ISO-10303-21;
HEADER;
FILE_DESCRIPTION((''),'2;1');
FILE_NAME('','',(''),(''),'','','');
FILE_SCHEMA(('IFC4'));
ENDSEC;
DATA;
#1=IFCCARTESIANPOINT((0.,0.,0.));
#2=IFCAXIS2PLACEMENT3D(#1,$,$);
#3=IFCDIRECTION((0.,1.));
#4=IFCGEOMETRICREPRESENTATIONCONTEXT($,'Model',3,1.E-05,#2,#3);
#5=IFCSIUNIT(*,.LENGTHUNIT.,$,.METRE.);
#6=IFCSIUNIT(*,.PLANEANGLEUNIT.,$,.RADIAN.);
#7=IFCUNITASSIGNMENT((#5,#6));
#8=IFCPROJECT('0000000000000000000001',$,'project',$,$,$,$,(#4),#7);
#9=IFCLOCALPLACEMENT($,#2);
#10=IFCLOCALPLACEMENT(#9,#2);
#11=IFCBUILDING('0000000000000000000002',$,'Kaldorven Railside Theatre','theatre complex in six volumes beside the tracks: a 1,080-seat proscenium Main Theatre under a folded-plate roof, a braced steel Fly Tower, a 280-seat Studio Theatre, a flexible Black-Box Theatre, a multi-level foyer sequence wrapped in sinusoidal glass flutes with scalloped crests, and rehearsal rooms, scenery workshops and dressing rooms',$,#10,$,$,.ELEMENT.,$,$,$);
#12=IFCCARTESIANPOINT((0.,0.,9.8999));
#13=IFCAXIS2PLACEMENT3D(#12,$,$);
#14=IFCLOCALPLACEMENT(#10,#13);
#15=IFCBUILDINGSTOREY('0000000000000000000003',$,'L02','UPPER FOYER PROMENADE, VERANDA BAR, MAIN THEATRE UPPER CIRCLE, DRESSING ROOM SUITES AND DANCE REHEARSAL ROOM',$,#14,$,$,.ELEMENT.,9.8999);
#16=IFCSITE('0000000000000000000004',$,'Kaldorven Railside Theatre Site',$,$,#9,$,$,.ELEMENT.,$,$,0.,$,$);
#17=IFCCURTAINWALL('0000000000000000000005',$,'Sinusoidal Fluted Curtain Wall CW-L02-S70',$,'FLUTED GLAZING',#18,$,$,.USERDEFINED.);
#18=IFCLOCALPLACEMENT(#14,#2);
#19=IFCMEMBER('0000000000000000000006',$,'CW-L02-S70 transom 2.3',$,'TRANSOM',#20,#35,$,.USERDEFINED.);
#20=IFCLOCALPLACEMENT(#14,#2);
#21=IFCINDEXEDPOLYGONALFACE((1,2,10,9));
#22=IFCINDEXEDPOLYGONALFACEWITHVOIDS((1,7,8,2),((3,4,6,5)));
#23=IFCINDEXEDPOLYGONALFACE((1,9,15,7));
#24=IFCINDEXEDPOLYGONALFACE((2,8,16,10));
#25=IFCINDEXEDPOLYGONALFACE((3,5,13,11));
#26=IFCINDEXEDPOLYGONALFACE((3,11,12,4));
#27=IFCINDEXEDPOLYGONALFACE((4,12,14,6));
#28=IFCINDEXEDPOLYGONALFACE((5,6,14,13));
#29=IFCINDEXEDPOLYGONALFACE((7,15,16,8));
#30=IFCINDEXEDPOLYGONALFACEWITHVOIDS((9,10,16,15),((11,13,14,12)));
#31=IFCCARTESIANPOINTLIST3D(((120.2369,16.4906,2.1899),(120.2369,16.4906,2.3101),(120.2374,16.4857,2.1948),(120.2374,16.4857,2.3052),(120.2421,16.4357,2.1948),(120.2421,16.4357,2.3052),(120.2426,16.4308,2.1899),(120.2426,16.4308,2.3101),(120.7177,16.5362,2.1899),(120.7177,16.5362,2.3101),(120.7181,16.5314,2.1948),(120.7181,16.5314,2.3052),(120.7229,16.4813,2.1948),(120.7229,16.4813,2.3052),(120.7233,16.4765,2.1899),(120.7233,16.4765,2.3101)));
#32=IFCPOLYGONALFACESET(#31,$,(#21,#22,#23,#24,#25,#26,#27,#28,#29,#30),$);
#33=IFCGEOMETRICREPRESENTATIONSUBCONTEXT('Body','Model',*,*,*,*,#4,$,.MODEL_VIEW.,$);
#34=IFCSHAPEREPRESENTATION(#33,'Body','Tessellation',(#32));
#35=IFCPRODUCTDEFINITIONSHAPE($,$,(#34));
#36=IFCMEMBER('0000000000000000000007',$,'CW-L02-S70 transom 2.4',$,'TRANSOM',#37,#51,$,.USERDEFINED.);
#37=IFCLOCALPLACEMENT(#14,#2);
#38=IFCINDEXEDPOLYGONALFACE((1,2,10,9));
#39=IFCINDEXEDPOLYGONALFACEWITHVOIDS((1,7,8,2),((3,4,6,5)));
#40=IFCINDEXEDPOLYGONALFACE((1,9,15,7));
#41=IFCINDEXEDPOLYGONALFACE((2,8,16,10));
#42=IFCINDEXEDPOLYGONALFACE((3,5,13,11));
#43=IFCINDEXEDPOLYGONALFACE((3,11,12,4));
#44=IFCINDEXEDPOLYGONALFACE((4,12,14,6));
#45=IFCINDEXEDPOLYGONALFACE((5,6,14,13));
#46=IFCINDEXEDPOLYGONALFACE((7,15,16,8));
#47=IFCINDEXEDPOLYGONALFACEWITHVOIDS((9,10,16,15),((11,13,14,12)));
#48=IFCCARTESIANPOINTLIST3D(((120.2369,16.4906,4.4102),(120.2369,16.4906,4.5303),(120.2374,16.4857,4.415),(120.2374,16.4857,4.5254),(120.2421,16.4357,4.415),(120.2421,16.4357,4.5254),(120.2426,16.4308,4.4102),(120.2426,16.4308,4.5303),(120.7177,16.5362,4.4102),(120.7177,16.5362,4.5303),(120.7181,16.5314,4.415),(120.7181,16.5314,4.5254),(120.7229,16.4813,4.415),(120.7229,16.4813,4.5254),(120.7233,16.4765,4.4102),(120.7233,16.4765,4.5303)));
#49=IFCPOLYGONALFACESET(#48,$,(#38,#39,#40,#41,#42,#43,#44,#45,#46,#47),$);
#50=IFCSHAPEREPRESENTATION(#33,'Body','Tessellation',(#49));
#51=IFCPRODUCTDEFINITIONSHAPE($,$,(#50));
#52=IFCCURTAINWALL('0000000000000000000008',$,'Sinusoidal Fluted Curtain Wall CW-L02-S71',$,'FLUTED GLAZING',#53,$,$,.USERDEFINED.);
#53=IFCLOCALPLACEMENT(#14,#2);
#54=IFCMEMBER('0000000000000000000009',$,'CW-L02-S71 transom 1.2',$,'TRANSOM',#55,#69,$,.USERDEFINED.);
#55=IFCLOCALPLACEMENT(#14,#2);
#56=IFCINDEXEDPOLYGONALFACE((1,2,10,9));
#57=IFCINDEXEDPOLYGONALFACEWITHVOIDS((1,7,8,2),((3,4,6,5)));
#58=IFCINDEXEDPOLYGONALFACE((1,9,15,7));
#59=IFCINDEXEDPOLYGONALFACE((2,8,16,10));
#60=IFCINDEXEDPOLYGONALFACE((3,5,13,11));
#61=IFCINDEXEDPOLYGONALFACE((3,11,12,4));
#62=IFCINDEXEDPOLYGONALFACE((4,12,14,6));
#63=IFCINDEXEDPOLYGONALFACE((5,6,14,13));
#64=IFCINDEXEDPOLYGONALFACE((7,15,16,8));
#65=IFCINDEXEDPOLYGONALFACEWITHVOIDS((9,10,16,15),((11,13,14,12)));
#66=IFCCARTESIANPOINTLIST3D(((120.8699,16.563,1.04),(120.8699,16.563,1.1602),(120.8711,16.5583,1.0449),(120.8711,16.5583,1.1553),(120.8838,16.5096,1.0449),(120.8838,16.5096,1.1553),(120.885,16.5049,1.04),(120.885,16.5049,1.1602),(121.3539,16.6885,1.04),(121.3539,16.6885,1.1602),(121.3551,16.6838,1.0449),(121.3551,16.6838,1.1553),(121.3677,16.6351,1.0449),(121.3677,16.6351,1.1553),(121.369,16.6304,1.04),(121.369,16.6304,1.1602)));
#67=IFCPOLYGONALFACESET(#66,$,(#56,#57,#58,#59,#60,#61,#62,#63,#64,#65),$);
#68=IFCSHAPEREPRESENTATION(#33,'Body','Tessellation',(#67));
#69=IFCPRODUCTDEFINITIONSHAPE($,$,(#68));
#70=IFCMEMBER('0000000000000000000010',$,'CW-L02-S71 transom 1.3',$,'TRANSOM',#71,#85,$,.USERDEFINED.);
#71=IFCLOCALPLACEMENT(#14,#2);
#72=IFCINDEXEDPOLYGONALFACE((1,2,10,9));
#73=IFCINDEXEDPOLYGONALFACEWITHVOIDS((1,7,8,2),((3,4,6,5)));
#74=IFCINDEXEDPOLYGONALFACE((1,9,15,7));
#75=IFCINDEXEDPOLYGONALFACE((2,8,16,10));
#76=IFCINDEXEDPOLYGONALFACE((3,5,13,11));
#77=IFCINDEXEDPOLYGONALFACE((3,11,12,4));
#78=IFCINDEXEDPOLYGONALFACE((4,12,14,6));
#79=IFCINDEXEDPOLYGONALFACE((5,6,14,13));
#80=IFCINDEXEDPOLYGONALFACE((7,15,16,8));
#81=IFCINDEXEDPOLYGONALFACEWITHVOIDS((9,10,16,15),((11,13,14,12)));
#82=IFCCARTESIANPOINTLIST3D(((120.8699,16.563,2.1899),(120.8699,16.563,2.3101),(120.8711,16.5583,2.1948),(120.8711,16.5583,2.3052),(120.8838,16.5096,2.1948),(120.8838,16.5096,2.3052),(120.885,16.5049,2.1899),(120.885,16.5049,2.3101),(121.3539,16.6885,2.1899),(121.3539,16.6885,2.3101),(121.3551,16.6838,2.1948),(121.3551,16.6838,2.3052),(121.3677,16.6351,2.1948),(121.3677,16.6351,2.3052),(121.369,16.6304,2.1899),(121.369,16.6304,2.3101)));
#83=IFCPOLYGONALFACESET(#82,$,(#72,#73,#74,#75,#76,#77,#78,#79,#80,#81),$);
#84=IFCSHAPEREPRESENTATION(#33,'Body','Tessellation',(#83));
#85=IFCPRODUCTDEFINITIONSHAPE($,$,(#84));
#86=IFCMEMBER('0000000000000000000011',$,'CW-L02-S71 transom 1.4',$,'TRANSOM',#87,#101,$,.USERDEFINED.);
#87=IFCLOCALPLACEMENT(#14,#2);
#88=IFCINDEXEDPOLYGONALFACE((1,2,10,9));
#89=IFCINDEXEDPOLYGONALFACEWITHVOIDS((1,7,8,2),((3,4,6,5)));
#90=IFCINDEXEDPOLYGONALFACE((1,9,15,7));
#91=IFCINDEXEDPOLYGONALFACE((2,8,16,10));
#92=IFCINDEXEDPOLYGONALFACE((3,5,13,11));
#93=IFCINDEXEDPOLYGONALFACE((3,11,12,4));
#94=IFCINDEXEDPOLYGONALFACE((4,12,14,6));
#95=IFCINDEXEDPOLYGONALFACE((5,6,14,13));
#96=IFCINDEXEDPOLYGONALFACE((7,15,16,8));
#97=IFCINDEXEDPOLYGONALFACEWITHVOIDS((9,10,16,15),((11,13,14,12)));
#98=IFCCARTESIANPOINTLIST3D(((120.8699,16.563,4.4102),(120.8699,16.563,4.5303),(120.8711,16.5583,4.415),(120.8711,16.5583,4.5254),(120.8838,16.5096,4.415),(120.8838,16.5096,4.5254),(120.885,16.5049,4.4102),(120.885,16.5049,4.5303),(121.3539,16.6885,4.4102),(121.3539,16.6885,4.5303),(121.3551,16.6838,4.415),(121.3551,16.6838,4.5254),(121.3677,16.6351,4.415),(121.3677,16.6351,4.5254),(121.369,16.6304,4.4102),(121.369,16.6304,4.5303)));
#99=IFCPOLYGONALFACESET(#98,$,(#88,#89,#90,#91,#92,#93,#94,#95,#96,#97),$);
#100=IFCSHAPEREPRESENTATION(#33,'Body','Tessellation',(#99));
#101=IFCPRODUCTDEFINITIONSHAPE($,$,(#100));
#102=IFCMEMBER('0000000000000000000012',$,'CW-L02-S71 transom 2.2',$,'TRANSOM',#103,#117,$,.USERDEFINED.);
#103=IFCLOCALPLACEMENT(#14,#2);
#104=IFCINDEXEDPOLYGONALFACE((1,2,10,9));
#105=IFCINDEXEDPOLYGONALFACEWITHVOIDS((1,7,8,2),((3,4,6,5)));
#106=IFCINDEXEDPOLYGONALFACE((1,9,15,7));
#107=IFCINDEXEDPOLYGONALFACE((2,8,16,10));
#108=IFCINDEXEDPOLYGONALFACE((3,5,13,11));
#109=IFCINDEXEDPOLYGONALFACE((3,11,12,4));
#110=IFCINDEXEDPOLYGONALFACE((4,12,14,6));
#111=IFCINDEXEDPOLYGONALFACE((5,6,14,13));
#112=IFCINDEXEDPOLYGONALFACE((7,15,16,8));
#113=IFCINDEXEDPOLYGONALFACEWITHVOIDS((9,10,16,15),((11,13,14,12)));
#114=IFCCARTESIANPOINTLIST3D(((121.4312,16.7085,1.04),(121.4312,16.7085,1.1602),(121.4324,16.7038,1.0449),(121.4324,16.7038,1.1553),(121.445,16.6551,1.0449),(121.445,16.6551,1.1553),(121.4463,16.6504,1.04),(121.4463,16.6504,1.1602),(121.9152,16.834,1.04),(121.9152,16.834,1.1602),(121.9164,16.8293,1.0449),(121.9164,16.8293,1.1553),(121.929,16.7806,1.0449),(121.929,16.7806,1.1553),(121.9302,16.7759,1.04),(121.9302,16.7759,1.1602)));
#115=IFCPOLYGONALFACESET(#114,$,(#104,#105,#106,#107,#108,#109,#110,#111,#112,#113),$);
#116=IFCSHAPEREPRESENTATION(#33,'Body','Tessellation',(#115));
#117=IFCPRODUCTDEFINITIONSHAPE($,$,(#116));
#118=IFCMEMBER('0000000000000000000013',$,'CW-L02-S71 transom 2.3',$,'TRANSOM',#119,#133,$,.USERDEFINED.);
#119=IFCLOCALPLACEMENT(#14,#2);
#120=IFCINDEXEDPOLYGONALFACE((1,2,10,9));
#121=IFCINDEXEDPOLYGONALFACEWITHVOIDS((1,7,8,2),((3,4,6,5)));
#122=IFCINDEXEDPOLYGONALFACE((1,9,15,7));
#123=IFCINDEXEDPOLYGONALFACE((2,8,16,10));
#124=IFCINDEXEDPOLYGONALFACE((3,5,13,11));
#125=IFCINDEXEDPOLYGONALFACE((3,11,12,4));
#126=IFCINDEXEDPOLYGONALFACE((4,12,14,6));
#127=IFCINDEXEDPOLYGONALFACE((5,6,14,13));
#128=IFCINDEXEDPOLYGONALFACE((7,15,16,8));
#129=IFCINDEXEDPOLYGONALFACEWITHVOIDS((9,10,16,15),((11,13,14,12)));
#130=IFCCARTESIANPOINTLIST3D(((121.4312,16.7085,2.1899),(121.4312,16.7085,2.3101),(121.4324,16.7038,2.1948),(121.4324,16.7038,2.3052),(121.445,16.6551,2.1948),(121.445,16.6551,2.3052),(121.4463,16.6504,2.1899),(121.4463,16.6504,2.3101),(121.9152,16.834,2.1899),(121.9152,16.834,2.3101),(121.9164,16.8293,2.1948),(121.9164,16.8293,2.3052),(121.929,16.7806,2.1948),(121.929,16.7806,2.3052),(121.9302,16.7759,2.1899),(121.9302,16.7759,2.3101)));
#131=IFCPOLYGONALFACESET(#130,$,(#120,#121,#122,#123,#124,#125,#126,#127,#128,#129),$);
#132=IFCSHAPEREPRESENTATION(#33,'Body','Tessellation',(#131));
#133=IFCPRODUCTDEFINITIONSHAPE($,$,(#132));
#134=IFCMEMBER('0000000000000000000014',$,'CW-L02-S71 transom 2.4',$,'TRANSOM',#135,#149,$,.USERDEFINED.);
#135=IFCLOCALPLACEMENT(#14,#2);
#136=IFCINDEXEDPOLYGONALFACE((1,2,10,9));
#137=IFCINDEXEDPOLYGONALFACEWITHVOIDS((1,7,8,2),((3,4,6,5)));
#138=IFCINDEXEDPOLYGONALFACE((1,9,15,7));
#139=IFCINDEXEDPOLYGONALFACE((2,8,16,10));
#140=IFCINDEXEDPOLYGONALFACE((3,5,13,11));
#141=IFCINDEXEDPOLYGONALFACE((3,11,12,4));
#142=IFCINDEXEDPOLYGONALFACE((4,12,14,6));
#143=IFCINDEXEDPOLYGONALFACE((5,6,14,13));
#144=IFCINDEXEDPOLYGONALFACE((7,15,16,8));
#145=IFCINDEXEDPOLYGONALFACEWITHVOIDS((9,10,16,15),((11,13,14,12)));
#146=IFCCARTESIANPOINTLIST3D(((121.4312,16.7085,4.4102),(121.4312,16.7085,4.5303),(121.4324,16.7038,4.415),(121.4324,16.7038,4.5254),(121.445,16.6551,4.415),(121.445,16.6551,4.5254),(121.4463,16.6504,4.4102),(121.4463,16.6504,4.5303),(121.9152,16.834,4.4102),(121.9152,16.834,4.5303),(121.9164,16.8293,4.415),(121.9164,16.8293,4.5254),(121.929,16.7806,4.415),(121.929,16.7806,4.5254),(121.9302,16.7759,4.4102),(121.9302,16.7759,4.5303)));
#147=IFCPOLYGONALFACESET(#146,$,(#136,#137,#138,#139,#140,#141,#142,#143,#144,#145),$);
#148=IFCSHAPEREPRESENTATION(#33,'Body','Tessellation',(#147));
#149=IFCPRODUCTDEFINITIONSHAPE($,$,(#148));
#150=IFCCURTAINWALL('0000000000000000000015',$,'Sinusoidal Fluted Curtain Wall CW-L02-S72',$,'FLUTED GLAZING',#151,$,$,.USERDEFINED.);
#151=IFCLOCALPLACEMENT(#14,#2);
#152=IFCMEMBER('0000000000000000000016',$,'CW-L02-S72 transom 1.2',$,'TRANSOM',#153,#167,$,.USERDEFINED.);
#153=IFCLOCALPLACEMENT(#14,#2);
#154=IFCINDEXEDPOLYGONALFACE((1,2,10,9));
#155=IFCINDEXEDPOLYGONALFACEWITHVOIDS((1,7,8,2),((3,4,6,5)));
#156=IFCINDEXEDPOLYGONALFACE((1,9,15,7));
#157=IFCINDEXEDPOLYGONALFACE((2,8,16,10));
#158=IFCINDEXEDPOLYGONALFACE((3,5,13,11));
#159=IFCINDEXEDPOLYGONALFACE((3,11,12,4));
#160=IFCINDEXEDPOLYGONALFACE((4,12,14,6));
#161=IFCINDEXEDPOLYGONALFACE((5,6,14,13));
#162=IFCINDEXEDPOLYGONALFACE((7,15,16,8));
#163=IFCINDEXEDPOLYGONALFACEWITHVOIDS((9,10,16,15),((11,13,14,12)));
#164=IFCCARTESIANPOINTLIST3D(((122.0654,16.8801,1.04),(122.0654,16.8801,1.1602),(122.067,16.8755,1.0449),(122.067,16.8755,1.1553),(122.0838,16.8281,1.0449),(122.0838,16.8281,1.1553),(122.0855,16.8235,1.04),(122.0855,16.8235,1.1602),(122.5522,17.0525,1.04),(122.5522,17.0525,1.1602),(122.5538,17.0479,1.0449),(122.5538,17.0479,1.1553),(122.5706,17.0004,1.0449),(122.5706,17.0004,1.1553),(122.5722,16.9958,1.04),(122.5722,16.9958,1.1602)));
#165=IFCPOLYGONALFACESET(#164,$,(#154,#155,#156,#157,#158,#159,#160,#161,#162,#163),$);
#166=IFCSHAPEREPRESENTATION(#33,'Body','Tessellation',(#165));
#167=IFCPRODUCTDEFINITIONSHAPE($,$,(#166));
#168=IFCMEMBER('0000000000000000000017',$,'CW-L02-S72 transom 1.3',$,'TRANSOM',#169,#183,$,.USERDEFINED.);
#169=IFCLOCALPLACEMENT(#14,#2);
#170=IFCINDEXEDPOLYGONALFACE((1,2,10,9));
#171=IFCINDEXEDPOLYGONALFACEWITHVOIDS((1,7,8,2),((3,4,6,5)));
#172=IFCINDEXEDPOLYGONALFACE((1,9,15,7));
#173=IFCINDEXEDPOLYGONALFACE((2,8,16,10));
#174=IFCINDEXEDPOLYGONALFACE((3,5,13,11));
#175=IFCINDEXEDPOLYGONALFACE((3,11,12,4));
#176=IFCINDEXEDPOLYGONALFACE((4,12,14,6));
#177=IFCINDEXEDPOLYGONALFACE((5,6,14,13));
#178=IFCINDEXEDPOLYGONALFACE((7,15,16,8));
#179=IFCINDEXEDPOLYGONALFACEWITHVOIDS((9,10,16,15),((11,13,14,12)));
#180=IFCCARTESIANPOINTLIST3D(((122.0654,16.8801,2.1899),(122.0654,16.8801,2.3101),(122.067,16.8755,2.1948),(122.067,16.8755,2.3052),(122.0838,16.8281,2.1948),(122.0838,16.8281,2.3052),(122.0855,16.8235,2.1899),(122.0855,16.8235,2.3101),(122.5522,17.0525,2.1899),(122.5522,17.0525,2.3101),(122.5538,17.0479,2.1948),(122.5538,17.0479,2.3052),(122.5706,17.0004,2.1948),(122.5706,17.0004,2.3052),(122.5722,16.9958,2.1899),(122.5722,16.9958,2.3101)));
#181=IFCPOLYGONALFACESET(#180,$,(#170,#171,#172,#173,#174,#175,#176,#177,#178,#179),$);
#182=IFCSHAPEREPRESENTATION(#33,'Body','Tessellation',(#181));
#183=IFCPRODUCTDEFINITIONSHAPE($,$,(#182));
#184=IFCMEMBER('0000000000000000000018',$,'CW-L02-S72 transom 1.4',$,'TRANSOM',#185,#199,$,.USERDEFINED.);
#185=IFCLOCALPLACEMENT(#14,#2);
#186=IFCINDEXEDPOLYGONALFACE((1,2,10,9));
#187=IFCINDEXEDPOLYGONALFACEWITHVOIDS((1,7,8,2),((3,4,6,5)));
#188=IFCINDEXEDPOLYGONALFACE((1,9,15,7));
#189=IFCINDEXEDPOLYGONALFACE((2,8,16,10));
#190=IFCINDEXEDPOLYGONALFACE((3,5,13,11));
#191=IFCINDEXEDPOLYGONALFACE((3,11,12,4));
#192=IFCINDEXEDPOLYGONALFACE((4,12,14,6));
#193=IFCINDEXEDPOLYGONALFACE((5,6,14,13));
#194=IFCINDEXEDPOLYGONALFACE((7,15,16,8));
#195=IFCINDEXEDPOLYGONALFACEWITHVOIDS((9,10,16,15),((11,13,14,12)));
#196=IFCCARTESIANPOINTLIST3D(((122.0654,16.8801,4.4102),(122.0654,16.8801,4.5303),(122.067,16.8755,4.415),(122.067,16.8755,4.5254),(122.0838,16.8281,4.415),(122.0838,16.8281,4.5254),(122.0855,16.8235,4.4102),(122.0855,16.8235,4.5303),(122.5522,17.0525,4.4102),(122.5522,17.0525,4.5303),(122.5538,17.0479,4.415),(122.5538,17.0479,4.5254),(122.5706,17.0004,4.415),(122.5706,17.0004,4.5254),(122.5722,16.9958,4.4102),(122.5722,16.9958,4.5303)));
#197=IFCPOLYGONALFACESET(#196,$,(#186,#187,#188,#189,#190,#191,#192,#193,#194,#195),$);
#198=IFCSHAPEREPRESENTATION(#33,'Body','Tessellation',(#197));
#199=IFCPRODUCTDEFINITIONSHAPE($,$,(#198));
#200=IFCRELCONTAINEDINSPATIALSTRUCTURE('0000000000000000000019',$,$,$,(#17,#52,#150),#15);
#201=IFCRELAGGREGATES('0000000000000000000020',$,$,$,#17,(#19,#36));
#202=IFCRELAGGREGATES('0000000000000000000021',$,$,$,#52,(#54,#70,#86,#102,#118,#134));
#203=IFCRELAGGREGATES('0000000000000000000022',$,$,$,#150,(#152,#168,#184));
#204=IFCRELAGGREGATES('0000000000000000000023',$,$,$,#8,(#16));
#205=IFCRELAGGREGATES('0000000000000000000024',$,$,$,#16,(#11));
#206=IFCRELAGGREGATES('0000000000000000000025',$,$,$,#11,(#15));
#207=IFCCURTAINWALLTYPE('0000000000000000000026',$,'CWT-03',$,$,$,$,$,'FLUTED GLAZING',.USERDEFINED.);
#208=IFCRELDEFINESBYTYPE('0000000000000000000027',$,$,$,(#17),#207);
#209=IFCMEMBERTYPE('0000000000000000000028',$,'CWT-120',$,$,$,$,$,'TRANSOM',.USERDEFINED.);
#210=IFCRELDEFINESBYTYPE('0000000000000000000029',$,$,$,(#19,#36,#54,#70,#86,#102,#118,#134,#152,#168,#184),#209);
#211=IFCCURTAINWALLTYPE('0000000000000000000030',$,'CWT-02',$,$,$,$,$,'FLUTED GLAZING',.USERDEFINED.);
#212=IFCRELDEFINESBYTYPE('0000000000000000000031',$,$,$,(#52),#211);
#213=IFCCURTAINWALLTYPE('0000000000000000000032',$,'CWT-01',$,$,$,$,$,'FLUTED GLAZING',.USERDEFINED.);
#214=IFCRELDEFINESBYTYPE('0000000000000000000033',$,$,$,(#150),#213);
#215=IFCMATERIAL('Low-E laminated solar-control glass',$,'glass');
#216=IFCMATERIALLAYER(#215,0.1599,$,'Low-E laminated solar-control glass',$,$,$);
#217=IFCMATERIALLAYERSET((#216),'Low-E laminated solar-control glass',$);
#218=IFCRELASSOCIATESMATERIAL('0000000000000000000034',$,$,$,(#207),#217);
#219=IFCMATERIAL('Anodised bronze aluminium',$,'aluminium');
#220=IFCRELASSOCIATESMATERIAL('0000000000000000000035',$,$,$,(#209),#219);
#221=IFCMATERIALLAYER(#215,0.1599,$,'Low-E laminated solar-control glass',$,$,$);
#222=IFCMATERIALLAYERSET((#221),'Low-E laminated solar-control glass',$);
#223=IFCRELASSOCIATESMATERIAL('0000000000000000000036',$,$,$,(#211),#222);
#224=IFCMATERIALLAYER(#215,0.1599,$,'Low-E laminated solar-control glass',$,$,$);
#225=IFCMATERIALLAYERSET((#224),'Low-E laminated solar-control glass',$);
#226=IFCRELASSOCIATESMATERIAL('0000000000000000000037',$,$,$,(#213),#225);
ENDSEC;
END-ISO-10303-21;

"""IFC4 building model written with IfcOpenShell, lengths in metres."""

from ifc_helpers import new_model, si_unit, direction, frame, origin, origin_2d, place, context, subcontext, project, spatial, hollow_rectangle, extrude, material, layer, layer_set, material_profile, profile_set, type_object, element, aggregate, save


model = new_model("IFC4")

# Units and contexts
model_context = context("Model", 3, precision=1e-05, world=origin(), true_north=direction((0.0, 1.0)))
body_context = subcontext(model_context, "Body", "Model", "MODEL_VIEW")
ifc_project = project(units=[si_unit("LENGTHUNIT", "METRE"), si_unit("PLANEANGLEUNIT", "RADIAN")], contexts=[model_context])

# Site, building, storey
site_placement = place(None, origin())
site = spatial("IfcSite", under=ifc_project, at=site_placement, Name="Kaldorven Railside Theatre Site", CompositionType="ELEMENT", RefElevation=0.0)
building_placement = place(site_placement, origin())
building = spatial("IfcBuilding", under=site, at=building_placement, Name="Kaldorven Railside Theatre", Description="theatre complex in six volumes beside the tracks: a 1,080-seat proscenium Main Theatre under a folded-plate roof, a braced steel Fly Tower, a 280-seat Studio Theatre, a flexible Black-Box Theatre, a multi-level foyer sequence wrapped in sinusoidal glass flutes with scalloped crests, and rehearsal rooms, scenery workshops and dressing rooms", CompositionType="ELEMENT")
storey_placement = place(building_placement, frame((0.0, 0.0, 9.8999)))
storey = spatial("IfcBuildingStorey", under=building, at=storey_placement, Name="L02", Description="UPPER FOYER PROMENADE, VERANDA BAR, MAIN THEATRE UPPER CIRCLE, DRESSING ROOM SUITES AND DANCE REHEARSAL ROOM", CompositionType="ELEMENT", Elevation=9.8999)

# Curtain walls, members
ifc_material_1 = material(Name="Low-E laminated solar-control glass", Category="glass")
ifc_layer_1 = layer(ifc_material_1, 0.1599, Name="Low-E laminated solar-control glass")
ifc_layer_set_1 = layer_set([ifc_layer_1], Name="Low-E laminated solar-control glass")
curtain_wall_type_1 = type_object("IfcCurtainWallType", Name="CWT-03", ElementType="FLUTED GLAZING", PredefinedType="USERDEFINED", material=ifc_layer_set_1)
curtain_wall_1_placement = place(storey_placement, origin())
curtain_wall_1 = element("IfcCurtainWall", 1, at=curtain_wall_1_placement, inside=storey, type_object=curtain_wall_type_1, Name="Sinusoidal Fluted Curtain Wall CW-L02-S70", ObjectType="FLUTED GLAZING", PredefinedType="USERDEFINED")
ifc_material_2 = material(Name="Anodised bronze aluminium", Category="aluminium")
ifc_material_profile = material_profile(ifc_material_2, hollow_rectangle(XDim=0.0601, YDim=0.1201, WallThickness=0.0049, at=origin_2d()), Name="RHS 120x60x5")
ifc_profile_set = profile_set([ifc_material_profile], Name="Anodised bronze aluminium")
member_type = type_object("IfcMemberType", Name="CWT-120", ElementType="TRANSOM", PredefinedType="USERDEFINED", material=ifc_profile_set)
member_1_placement = place(storey_placement, frame((120.2397, 16.4607, 2.25), z_axis=(0.99552, 0.094547, 0.0), x_axis=(-0.094547, 0.99552, 0.0)))
member_1 = element("IfcMember", 2, at=member_1_placement, type_object=member_type, Name="CW-L02-S70 transom 2.3", ObjectType="TRANSOM", PredefinedType="USERDEFINED", context=body_context, shape_type="SweptSolid", body=[
    extrude(hollow_rectangle(XDim=0.0601, YDim=0.1201, WallThickness=0.0049, at=origin_2d()), origin(), (0.0, 0.0, 1.0), 0.4829),
])
member_2_placement = place(storey_placement, frame((120.2397, 16.4607, 4.4702), z_axis=(0.99552, 0.094547, 0.0), x_axis=(-0.094547, 0.99552, 0.0)))
member_2 = element("IfcMember", 3, at=member_2_placement, type_object=member_type, Name="CW-L02-S70 transom 2.4", ObjectType="TRANSOM", PredefinedType="USERDEFINED", context=body_context, shape_type="SweptSolid", body=[
    extrude(hollow_rectangle(XDim=0.0601, YDim=0.1201, WallThickness=0.0049, at=origin_2d()), origin(), (0.0, 0.0, 1.0), 0.4829),
])
ifc_layer_2 = layer(ifc_material_1, 0.1599, Name="Low-E laminated solar-control glass")
ifc_layer_set_2 = layer_set([ifc_layer_2], Name="Low-E laminated solar-control glass")
curtain_wall_type_2 = type_object("IfcCurtainWallType", Name="CWT-02", ElementType="FLUTED GLAZING", PredefinedType="USERDEFINED", material=ifc_layer_set_2)
curtain_wall_2_placement = place(storey_placement, origin())
curtain_wall_2 = element("IfcCurtainWall", 4, at=curtain_wall_2_placement, inside=storey, type_object=curtain_wall_type_2, Name="Sinusoidal Fluted Curtain Wall CW-L02-S71", ObjectType="FLUTED GLAZING", PredefinedType="USERDEFINED")
member_3_placement = place(storey_placement, frame((120.8774, 16.5339, 1.1001), z_axis=(0.967979, 0.25103, 0.0), x_axis=(-0.25103, 0.967979, 0.0)))
member_3 = element("IfcMember", 5, at=member_3_placement, type_object=member_type, Name="CW-L02-S71 transom 1.2", ObjectType="TRANSOM", PredefinedType="USERDEFINED", context=body_context, shape_type="SweptSolid", body=[
    extrude(hollow_rectangle(XDim=0.0601, YDim=0.1201, WallThickness=0.0049, at=origin_2d()), origin(), (0.0, 0.0, 1.0), 0.5),
])
member_4_placement = place(storey_placement, frame((120.8774, 16.5339, 2.25), z_axis=(0.967979, 0.25103, 0.0), x_axis=(-0.25103, 0.967979, 0.0)))
member_4 = element("IfcMember", 6, at=member_4_placement, type_object=member_type, Name="CW-L02-S71 transom 1.3", ObjectType="TRANSOM", PredefinedType="USERDEFINED", context=body_context, shape_type="SweptSolid", body=[
    extrude(hollow_rectangle(XDim=0.0601, YDim=0.1201, WallThickness=0.0049, at=origin_2d()), origin(), (0.0, 0.0, 1.0), 0.5),
])
member_5_placement = place(storey_placement, frame((120.8774, 16.5339, 4.4702), z_axis=(0.967979, 0.25103, 0.0), x_axis=(-0.25103, 0.967979, 0.0)))
member_5 = element("IfcMember", 7, at=member_5_placement, type_object=member_type, Name="CW-L02-S71 transom 1.4", ObjectType="TRANSOM", PredefinedType="USERDEFINED", context=body_context, shape_type="SweptSolid", body=[
    extrude(hollow_rectangle(XDim=0.0601, YDim=0.1201, WallThickness=0.0049, at=origin_2d()), origin(), (0.0, 0.0, 1.0), 0.5),
])
member_6_placement = place(storey_placement, frame((121.4387, 16.6794, 1.1001), z_axis=(0.967979, 0.25103, 0.0), x_axis=(-0.25103, 0.967979, 0.0)))
member_6 = element("IfcMember", 8, at=member_6_placement, type_object=member_type, Name="CW-L02-S71 transom 2.2", ObjectType="TRANSOM", PredefinedType="USERDEFINED", context=body_context, shape_type="SweptSolid", body=[
    extrude(hollow_rectangle(XDim=0.0601, YDim=0.1201, WallThickness=0.0049, at=origin_2d()), origin(), (0.0, 0.0, 1.0), 0.5),
])
member_7_placement = place(storey_placement, frame((121.4387, 16.6794, 2.25), z_axis=(0.967979, 0.25103, 0.0), x_axis=(-0.25103, 0.967979, 0.0)))
member_7 = element("IfcMember", 9, at=member_7_placement, type_object=member_type, Name="CW-L02-S71 transom 2.3", ObjectType="TRANSOM", PredefinedType="USERDEFINED", context=body_context, shape_type="SweptSolid", body=[
    extrude(hollow_rectangle(XDim=0.0601, YDim=0.1201, WallThickness=0.0049, at=origin_2d()), origin(), (0.0, 0.0, 1.0), 0.5),
])
member_8_placement = place(storey_placement, frame((121.4387, 16.6794, 4.4702), z_axis=(0.967979, 0.25103, 0.0), x_axis=(-0.25103, 0.967979, 0.0)))
member_8 = element("IfcMember", 10, at=member_8_placement, type_object=member_type, Name="CW-L02-S71 transom 2.4", ObjectType="TRANSOM", PredefinedType="USERDEFINED", context=body_context, shape_type="SweptSolid", body=[
    extrude(hollow_rectangle(XDim=0.0601, YDim=0.1201, WallThickness=0.0049, at=origin_2d()), origin(), (0.0, 0.0, 1.0), 0.5),
])
ifc_layer_3 = layer(ifc_material_1, 0.1599, Name="Low-E laminated solar-control glass")
ifc_layer_set_3 = layer_set([ifc_layer_3], Name="Low-E laminated solar-control glass")
curtain_wall_type_3 = type_object("IfcCurtainWallType", Name="CWT-01", ElementType="FLUTED GLAZING", PredefinedType="USERDEFINED", material=ifc_layer_set_3)
curtain_wall_3_placement = place(storey_placement, origin())
curtain_wall_3 = element("IfcCurtainWall", 11, at=curtain_wall_3_placement, inside=storey, type_object=curtain_wall_type_3, Name="Sinusoidal Fluted Curtain Wall CW-L02-S72", ObjectType="FLUTED GLAZING", PredefinedType="USERDEFINED")
member_9_placement = place(storey_placement, frame((122.0754, 16.8518, 1.1001), z_axis=(0.942658, 0.33376, 0.0), x_axis=(-0.33376, 0.942658, 0.0)))
member_9 = element("IfcMember", 12, at=member_9_placement, type_object=member_type, Name="CW-L02-S72 transom 1.2", ObjectType="TRANSOM", PredefinedType="USERDEFINED", context=body_context, shape_type="SweptSolid", body=[
    extrude(hollow_rectangle(XDim=0.0601, YDim=0.1201, WallThickness=0.0049, at=origin_2d()), origin(), (0.0, 0.0, 1.0), 0.5164),
])
member_10_placement = place(storey_placement, frame((122.0754, 16.8518, 2.25), z_axis=(0.942658, 0.33376, 0.0), x_axis=(-0.33376, 0.942658, 0.0)))
member_10 = element("IfcMember", 13, at=member_10_placement, type_object=member_type, Name="CW-L02-S72 transom 1.3", ObjectType="TRANSOM", PredefinedType="USERDEFINED", context=body_context, shape_type="SweptSolid", body=[
    extrude(hollow_rectangle(XDim=0.0601, YDim=0.1201, WallThickness=0.0049, at=origin_2d()), origin(), (0.0, 0.0, 1.0), 0.5164),
])
member_11_placement = place(storey_placement, frame((122.0754, 16.8518, 4.4702), z_axis=(0.942658, 0.33376, 0.0), x_axis=(-0.33376, 0.942658, 0.0)))
member_11 = element("IfcMember", 14, at=member_11_placement, type_object=member_type, Name="CW-L02-S72 transom 1.4", ObjectType="TRANSOM", PredefinedType="USERDEFINED", context=body_context, shape_type="SweptSolid", body=[
    extrude(hollow_rectangle(XDim=0.0601, YDim=0.1201, WallThickness=0.0049, at=origin_2d()), origin(), (0.0, 0.0, 1.0), 0.5164),
])

aggregate(curtain_wall_1, [member_1, member_2])
aggregate(curtain_wall_2, [member_3, member_4, member_5, member_6, member_7, member_8])
aggregate(curtain_wall_3, [member_9, member_10, member_11])

save(model, "model.ifc")
